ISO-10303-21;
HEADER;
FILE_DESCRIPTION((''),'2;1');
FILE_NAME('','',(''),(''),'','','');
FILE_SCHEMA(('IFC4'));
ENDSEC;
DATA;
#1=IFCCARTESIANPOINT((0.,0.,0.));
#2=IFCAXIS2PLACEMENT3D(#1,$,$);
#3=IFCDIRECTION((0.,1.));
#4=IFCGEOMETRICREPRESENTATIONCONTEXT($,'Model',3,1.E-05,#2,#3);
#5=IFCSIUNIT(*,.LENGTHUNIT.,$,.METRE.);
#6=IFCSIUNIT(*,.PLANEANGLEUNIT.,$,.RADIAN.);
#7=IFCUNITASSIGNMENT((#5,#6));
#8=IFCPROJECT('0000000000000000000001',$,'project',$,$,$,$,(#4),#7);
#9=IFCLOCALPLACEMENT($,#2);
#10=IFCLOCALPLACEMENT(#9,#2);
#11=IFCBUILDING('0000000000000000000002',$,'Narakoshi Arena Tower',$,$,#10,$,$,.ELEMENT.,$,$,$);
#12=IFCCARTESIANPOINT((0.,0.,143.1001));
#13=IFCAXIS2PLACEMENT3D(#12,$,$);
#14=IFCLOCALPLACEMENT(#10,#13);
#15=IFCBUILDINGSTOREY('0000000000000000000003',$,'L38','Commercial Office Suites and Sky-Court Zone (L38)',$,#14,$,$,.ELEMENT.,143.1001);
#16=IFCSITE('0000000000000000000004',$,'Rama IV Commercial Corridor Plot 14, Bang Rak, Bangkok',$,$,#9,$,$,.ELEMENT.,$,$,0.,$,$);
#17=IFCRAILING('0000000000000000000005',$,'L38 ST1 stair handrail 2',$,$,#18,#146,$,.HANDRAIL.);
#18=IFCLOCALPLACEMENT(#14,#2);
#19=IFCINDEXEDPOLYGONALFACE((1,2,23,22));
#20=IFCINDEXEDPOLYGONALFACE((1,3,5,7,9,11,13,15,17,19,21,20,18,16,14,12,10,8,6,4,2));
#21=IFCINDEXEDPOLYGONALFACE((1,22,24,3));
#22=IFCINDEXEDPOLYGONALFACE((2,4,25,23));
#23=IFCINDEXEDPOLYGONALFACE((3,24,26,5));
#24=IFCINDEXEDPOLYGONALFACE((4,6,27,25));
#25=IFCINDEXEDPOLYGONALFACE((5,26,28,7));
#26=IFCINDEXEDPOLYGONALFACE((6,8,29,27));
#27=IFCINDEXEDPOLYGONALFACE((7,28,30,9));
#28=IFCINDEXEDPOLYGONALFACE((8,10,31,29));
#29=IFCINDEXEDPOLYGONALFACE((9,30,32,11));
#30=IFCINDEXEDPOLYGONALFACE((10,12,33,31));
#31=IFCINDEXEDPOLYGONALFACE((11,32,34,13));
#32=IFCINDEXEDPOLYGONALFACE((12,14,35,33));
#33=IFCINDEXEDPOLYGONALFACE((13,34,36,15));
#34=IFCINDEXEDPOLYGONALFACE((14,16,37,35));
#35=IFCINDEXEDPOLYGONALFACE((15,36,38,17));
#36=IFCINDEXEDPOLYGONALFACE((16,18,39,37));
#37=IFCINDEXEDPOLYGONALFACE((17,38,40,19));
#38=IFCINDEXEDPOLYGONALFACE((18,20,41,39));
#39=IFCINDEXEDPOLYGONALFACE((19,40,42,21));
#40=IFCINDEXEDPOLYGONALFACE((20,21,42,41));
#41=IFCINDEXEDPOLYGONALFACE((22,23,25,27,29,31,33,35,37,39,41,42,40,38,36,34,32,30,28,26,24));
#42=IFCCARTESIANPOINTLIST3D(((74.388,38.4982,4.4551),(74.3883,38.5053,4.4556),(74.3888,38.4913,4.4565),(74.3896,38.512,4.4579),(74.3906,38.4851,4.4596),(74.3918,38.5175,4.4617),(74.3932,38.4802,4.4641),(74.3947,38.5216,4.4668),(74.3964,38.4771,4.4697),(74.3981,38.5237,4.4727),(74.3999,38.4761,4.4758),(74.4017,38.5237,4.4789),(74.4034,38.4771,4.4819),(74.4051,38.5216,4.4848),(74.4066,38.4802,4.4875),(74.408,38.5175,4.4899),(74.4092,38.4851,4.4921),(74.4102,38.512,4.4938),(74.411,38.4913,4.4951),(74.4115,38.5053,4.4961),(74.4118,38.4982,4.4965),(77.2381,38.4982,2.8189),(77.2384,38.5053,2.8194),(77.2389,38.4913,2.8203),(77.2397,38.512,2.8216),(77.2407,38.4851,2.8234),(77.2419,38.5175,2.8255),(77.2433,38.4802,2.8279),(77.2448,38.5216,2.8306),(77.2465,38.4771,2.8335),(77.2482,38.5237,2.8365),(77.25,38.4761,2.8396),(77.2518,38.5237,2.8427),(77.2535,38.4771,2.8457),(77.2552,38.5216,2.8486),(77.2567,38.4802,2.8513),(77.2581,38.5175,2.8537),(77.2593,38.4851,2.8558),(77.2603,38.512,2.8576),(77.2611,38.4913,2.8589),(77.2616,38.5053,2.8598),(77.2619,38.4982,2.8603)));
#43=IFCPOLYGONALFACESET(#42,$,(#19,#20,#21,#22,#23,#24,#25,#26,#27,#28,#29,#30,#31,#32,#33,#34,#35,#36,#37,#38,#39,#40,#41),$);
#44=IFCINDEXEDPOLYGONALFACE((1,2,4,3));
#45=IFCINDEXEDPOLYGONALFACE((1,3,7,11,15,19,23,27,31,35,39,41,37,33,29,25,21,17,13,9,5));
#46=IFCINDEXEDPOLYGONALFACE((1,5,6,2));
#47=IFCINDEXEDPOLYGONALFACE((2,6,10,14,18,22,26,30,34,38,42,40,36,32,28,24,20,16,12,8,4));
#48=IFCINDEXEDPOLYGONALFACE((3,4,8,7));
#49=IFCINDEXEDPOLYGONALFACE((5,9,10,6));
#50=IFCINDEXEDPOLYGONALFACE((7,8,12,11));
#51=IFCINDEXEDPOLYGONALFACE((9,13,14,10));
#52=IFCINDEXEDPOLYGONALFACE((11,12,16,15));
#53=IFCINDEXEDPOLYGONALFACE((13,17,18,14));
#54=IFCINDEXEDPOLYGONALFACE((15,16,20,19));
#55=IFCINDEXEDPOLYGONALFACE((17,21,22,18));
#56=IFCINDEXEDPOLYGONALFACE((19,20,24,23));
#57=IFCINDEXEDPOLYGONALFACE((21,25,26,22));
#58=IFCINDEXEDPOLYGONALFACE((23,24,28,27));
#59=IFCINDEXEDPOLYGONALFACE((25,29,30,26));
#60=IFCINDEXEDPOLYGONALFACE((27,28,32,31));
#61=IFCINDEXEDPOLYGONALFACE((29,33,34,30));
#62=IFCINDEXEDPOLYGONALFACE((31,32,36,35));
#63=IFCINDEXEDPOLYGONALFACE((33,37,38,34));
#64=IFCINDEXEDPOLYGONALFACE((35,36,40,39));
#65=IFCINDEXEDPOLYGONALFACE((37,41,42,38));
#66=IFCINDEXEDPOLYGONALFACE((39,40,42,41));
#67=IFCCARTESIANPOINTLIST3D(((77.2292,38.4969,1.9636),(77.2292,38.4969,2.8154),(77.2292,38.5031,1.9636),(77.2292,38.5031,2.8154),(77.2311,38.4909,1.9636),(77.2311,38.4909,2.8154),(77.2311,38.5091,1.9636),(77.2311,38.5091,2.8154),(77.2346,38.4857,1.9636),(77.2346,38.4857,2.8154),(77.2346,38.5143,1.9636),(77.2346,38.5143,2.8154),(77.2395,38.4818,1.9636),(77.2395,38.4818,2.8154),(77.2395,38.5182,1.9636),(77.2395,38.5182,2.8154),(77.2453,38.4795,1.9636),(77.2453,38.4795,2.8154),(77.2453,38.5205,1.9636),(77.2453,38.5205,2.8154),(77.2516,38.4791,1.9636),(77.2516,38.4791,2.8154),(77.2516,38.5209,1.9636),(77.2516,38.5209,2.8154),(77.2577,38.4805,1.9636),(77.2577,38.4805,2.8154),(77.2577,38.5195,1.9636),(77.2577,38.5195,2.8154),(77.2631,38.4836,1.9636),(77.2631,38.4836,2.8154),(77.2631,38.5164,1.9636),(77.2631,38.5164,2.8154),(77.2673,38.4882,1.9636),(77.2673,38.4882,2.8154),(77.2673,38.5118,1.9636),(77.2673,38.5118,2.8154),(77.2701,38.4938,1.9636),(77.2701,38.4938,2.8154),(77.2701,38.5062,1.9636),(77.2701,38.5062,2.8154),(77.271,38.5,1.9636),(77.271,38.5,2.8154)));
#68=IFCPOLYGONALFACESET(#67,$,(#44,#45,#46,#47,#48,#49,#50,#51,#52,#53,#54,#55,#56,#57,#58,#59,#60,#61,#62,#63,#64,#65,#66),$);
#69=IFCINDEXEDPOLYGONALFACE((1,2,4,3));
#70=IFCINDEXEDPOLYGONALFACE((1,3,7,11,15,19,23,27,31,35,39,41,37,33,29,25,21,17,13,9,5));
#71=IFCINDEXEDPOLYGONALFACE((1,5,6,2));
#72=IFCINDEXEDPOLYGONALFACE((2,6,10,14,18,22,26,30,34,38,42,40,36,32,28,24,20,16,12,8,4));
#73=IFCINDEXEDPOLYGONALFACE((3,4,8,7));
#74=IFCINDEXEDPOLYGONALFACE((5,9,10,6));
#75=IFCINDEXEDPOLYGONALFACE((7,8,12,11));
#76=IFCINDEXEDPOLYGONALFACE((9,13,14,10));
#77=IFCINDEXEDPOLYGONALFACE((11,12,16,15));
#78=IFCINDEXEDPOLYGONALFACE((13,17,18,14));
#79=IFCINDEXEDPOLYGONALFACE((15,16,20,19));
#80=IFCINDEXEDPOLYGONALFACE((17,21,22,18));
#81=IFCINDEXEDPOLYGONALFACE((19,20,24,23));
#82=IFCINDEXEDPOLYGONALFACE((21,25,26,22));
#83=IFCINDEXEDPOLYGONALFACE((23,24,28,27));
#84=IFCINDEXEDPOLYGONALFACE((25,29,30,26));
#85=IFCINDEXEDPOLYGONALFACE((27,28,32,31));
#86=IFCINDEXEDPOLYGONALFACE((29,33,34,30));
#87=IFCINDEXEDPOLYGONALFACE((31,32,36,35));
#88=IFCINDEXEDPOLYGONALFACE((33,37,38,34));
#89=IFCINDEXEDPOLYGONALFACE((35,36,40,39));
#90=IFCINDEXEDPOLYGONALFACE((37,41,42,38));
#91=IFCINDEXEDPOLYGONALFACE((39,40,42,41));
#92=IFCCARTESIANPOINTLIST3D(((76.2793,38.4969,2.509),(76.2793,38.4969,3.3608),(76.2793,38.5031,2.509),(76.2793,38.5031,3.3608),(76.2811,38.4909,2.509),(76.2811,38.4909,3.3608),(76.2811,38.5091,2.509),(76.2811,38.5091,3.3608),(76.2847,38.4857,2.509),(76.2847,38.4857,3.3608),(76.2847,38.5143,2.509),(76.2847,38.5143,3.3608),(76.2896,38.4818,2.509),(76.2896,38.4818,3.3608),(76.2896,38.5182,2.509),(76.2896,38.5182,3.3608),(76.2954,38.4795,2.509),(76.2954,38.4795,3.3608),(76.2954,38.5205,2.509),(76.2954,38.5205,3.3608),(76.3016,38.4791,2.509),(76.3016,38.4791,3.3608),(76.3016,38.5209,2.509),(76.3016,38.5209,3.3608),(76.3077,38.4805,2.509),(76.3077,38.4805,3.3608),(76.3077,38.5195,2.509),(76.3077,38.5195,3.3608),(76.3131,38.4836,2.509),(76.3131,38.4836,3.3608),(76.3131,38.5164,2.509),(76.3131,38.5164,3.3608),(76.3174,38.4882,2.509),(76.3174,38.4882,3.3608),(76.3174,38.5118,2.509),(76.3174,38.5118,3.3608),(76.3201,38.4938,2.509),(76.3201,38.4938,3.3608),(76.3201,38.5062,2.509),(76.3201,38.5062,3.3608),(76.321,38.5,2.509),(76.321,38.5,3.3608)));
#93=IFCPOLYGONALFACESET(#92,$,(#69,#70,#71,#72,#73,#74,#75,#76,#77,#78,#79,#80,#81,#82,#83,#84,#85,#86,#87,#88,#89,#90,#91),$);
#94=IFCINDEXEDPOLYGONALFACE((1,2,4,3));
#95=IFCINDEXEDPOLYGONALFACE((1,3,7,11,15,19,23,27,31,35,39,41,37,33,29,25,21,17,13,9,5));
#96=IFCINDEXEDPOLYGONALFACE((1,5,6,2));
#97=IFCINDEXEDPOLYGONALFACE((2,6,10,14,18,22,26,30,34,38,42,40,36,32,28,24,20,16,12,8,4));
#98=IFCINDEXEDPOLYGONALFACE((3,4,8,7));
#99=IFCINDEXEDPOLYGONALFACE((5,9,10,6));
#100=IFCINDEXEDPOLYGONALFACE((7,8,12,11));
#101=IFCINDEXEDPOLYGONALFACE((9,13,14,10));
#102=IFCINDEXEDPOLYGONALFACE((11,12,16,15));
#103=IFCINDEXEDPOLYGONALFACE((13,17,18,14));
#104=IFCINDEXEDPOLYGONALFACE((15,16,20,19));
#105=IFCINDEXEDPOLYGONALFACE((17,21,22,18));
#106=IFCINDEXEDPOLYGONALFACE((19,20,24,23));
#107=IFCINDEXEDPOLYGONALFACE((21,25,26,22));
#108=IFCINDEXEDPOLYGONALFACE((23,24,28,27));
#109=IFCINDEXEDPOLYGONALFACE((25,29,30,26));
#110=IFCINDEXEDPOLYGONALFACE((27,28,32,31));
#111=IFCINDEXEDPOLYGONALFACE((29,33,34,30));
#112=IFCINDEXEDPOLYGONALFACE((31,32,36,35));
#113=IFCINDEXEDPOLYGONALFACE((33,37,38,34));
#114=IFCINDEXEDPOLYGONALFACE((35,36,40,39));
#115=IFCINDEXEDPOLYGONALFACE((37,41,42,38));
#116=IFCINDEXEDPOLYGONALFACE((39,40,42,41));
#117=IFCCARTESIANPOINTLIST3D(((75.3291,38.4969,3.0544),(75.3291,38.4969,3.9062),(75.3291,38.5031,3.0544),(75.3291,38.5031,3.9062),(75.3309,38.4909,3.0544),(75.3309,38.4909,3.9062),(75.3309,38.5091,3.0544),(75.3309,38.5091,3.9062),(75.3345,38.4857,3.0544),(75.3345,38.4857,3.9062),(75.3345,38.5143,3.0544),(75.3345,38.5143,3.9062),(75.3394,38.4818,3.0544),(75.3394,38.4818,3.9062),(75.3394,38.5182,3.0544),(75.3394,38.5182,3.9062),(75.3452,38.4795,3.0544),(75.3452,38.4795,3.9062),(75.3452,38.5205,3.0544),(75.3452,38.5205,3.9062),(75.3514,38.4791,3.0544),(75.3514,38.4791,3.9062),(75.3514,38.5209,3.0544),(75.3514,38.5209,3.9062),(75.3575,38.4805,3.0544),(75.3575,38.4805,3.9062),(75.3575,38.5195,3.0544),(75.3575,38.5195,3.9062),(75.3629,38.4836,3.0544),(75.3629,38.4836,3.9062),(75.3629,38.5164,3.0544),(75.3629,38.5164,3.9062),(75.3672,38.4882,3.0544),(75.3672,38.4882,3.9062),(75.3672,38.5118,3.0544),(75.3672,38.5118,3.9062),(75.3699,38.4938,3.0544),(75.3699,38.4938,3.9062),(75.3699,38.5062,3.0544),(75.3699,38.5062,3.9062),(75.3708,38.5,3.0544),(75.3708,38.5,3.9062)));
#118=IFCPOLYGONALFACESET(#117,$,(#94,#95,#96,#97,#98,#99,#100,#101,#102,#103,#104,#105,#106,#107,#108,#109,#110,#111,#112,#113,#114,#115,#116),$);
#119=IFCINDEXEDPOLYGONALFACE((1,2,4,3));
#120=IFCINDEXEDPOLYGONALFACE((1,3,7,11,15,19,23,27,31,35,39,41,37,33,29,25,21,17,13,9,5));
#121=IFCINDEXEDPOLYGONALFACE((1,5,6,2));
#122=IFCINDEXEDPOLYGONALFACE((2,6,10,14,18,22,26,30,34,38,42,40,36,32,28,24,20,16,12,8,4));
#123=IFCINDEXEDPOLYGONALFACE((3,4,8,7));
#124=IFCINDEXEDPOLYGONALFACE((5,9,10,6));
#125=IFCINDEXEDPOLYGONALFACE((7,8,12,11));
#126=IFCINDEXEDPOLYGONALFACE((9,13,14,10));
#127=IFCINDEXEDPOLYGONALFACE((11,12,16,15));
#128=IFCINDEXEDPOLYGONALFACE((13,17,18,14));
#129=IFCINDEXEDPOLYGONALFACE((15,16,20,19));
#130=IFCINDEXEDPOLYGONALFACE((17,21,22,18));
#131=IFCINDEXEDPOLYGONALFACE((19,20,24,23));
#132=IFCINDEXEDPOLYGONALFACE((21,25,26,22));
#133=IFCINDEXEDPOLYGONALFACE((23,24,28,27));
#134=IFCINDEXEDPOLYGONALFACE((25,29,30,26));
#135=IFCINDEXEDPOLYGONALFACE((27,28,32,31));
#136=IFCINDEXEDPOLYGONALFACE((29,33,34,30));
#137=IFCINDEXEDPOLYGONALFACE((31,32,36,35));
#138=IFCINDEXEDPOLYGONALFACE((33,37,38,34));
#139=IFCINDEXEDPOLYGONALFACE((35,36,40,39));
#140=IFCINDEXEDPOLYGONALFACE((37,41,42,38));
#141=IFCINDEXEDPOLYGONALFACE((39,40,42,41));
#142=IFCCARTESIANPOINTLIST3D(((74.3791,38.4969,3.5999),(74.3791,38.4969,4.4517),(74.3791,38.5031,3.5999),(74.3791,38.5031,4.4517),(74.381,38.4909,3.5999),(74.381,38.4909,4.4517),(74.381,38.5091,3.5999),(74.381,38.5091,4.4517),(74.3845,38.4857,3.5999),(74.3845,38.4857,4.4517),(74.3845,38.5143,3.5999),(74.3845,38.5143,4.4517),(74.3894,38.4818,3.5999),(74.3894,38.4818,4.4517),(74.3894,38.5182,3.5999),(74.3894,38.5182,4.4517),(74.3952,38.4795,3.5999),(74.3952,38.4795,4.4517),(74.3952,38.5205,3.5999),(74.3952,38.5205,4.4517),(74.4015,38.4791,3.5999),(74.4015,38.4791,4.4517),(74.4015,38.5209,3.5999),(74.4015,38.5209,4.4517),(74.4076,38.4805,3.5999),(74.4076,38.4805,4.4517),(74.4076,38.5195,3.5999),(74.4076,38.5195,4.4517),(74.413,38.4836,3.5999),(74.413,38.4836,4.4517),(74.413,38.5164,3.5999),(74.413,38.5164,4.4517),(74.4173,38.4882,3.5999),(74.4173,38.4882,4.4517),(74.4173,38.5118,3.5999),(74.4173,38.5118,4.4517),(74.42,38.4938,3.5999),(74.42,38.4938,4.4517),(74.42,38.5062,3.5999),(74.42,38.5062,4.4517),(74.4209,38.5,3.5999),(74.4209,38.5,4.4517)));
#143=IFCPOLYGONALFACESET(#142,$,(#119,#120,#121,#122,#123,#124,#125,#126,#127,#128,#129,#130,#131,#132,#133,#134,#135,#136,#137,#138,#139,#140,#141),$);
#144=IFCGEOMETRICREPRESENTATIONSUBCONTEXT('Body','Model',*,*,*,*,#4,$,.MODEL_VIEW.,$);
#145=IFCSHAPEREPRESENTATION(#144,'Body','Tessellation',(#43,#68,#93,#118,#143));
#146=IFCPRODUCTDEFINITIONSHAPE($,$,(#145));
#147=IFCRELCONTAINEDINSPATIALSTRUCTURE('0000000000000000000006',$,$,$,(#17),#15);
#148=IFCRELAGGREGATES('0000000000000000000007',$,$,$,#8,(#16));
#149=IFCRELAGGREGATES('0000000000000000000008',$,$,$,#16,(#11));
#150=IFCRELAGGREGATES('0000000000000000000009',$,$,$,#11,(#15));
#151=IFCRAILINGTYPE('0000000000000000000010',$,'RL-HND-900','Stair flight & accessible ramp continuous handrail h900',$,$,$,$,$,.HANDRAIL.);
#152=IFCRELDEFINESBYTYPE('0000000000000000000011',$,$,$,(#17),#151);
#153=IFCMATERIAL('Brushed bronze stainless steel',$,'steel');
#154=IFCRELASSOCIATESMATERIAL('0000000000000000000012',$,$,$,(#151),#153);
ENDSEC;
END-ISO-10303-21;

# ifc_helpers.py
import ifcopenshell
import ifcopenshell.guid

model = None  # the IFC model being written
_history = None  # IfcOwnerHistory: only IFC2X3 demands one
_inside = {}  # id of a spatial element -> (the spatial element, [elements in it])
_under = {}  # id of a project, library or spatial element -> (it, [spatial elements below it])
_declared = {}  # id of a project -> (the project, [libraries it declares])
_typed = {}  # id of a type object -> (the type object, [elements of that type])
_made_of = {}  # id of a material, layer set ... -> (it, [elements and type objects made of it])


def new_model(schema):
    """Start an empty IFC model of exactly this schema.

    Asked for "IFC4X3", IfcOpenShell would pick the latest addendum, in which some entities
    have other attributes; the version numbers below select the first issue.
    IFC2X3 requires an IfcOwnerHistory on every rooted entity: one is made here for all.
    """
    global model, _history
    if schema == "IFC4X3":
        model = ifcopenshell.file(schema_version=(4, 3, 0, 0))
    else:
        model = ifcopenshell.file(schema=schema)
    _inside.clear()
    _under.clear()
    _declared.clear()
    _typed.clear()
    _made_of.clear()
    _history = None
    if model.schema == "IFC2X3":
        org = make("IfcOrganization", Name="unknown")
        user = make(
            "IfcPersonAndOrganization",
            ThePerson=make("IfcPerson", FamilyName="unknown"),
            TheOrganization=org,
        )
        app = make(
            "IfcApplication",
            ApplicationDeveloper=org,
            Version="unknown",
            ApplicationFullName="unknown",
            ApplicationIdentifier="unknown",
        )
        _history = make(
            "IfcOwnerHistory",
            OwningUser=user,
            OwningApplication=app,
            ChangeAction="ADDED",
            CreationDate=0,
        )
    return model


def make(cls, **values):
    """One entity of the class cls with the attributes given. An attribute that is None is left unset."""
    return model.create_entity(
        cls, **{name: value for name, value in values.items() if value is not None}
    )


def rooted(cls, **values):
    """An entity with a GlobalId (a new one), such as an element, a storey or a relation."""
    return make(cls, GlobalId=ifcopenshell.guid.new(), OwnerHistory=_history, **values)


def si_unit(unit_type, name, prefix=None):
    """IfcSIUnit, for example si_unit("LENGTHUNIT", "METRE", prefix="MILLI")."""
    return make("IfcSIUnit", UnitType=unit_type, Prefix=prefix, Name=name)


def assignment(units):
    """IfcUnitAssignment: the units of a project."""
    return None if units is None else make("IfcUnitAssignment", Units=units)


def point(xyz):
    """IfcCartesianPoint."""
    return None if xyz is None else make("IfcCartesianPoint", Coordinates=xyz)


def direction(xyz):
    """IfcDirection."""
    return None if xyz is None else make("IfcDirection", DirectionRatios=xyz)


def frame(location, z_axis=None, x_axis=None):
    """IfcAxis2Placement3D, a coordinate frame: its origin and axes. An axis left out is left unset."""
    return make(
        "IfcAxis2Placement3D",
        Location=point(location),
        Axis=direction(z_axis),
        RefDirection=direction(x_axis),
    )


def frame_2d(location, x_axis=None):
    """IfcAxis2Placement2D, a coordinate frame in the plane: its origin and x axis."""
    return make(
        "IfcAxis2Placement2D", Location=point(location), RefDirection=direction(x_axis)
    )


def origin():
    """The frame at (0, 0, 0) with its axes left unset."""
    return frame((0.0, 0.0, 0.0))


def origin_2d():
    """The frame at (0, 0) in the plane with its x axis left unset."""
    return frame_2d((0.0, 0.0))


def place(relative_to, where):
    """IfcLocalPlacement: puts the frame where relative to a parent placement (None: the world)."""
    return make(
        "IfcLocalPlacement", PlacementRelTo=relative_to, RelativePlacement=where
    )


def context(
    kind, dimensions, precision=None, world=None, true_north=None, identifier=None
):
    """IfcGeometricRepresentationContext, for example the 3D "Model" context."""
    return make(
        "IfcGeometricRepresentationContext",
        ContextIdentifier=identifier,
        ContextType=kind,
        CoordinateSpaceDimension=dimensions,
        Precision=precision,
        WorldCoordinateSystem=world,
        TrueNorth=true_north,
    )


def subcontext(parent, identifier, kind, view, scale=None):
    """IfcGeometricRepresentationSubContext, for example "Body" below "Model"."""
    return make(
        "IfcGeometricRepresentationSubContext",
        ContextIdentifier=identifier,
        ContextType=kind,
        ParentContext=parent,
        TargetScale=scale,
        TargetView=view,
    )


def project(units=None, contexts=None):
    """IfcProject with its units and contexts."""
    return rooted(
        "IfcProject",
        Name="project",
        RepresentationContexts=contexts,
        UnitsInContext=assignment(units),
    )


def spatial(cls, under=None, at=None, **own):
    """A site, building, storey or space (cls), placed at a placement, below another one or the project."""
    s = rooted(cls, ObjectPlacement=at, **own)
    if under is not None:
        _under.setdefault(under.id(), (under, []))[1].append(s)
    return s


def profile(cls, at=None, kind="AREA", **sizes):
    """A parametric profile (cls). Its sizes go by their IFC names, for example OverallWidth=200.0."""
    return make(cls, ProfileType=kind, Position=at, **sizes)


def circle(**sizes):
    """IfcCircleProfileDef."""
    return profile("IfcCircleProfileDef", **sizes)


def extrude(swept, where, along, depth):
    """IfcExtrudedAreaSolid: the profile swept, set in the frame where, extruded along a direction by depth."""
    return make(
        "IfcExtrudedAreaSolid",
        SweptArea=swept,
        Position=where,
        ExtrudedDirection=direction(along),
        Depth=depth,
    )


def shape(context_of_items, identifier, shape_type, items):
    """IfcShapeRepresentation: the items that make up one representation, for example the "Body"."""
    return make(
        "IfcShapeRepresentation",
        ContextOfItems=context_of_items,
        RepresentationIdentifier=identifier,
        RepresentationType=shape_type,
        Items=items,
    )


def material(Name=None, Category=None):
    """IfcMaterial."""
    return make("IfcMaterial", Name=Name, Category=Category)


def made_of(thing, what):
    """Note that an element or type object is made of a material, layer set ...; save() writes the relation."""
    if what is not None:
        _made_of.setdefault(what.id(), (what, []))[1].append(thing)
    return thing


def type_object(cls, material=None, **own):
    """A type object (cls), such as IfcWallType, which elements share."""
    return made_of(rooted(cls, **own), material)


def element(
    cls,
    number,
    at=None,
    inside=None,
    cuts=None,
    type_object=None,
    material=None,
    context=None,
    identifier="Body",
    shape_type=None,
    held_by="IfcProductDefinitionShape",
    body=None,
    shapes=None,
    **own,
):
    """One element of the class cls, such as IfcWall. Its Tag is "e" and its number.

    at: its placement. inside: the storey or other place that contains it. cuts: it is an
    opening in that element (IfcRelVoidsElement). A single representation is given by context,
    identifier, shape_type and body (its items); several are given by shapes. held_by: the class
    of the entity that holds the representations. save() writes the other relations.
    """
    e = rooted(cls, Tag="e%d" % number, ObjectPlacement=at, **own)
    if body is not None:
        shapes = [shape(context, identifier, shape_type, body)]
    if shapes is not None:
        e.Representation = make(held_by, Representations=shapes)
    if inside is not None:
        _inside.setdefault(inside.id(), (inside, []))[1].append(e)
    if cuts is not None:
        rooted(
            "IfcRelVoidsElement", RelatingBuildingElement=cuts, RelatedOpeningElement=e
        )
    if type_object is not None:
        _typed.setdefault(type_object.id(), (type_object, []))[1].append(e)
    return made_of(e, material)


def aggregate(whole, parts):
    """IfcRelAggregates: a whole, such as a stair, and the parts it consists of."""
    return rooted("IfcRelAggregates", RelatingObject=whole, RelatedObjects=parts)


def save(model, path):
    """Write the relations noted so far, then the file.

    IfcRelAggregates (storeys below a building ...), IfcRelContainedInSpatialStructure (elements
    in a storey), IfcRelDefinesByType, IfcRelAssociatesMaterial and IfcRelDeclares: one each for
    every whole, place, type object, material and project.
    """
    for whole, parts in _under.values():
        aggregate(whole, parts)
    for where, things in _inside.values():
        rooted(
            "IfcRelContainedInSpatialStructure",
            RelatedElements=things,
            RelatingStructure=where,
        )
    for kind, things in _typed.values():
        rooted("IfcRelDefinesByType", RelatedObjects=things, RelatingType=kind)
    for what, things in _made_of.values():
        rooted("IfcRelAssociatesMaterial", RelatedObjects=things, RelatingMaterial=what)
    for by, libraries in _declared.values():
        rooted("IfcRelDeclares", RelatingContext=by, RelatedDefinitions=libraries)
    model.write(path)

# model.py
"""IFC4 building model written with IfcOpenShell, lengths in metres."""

from ifc_helpers import new_model, si_unit, direction, frame, origin, origin_2d, place, context, subcontext, project, spatial, circle, extrude, material, type_object, element, save


model = new_model("IFC4")

# Units and contexts
model_context = context("Model", 3, precision=1e-05, world=origin(), true_north=direction((0.0, 1.0)))
body_context = subcontext(model_context, "Body", "Model", "MODEL_VIEW")
ifc_project = project(units=[si_unit("LENGTHUNIT", "METRE"), si_unit("PLANEANGLEUNIT", "RADIAN")], contexts=[model_context])

# Site, building, storey
site_placement = place(None, origin())
site = spatial("IfcSite", under=ifc_project, at=site_placement, Name="Rama IV Commercial Corridor Plot 14, Bang Rak, Bangkok", CompositionType="ELEMENT", RefElevation=0.0)
building_placement = place(site_placement, origin())
building = spatial("IfcBuilding", under=site, at=building_placement, Name="Narakoshi Arena Tower", CompositionType="ELEMENT")
storey_placement = place(building_placement, frame((0.0, 0.0, 143.1001)))
storey = spatial("IfcBuildingStorey", under=building, at=storey_placement, Name="L38", Description="Commercial Office Suites and Sky-Court Zone (L38)", CompositionType="ELEMENT", Elevation=143.1001)

# Railing
ifc_material_1 = material(Name="Brushed bronze stainless steel", Category="steel")
railing_type_1 = type_object("IfcRailingType", Name="RL-HND-900", Description="Stair flight & accessible ramp continuous handrail h900", PredefinedType="HANDRAIL", material=ifc_material_1)
for number, where, name in (
    (1, (77.25, 38.5, 1.9636), "L38 ST1 stair handrail 2"),
):
    element("IfcRailing", number, at=place(storey_placement, frame(where)), inside=storey, type_object=railing_type_1, Name=name, PredefinedType="HANDRAIL", context=body_context, shape_type="SweptSolid", body=[
        extrude(circle(Radius=0.0239, at=origin_2d()), frame((0.0, 0.0, 0.876), z_axis=(-0.867245, 0.0, 0.497882), x_axis=(0.0, -1.0, 0.0)), (0.0, 0.0, 1.0), 3.2864),
        extrude(circle(Radius=0.021, at=origin_2d()), origin(), (0.0, 0.0, 1.0), 0.8518),
        extrude(circle(Radius=0.021, at=origin_2d()), frame((-0.95, 0.0, 0.5454)), (0.0, 0.0, 1.0), 0.8518),
        extrude(circle(Radius=0.021, at=origin_2d()), frame((-1.9001, 0.0, 1.0908)), (0.0, 0.0, 1.0), 0.8518),
        extrude(circle(Radius=0.021, at=origin_2d()), frame((-2.8501, 0.0, 1.6362)), (0.0, 0.0, 1.0), 0.8518),
    ])

save(model, "model.ifc")
